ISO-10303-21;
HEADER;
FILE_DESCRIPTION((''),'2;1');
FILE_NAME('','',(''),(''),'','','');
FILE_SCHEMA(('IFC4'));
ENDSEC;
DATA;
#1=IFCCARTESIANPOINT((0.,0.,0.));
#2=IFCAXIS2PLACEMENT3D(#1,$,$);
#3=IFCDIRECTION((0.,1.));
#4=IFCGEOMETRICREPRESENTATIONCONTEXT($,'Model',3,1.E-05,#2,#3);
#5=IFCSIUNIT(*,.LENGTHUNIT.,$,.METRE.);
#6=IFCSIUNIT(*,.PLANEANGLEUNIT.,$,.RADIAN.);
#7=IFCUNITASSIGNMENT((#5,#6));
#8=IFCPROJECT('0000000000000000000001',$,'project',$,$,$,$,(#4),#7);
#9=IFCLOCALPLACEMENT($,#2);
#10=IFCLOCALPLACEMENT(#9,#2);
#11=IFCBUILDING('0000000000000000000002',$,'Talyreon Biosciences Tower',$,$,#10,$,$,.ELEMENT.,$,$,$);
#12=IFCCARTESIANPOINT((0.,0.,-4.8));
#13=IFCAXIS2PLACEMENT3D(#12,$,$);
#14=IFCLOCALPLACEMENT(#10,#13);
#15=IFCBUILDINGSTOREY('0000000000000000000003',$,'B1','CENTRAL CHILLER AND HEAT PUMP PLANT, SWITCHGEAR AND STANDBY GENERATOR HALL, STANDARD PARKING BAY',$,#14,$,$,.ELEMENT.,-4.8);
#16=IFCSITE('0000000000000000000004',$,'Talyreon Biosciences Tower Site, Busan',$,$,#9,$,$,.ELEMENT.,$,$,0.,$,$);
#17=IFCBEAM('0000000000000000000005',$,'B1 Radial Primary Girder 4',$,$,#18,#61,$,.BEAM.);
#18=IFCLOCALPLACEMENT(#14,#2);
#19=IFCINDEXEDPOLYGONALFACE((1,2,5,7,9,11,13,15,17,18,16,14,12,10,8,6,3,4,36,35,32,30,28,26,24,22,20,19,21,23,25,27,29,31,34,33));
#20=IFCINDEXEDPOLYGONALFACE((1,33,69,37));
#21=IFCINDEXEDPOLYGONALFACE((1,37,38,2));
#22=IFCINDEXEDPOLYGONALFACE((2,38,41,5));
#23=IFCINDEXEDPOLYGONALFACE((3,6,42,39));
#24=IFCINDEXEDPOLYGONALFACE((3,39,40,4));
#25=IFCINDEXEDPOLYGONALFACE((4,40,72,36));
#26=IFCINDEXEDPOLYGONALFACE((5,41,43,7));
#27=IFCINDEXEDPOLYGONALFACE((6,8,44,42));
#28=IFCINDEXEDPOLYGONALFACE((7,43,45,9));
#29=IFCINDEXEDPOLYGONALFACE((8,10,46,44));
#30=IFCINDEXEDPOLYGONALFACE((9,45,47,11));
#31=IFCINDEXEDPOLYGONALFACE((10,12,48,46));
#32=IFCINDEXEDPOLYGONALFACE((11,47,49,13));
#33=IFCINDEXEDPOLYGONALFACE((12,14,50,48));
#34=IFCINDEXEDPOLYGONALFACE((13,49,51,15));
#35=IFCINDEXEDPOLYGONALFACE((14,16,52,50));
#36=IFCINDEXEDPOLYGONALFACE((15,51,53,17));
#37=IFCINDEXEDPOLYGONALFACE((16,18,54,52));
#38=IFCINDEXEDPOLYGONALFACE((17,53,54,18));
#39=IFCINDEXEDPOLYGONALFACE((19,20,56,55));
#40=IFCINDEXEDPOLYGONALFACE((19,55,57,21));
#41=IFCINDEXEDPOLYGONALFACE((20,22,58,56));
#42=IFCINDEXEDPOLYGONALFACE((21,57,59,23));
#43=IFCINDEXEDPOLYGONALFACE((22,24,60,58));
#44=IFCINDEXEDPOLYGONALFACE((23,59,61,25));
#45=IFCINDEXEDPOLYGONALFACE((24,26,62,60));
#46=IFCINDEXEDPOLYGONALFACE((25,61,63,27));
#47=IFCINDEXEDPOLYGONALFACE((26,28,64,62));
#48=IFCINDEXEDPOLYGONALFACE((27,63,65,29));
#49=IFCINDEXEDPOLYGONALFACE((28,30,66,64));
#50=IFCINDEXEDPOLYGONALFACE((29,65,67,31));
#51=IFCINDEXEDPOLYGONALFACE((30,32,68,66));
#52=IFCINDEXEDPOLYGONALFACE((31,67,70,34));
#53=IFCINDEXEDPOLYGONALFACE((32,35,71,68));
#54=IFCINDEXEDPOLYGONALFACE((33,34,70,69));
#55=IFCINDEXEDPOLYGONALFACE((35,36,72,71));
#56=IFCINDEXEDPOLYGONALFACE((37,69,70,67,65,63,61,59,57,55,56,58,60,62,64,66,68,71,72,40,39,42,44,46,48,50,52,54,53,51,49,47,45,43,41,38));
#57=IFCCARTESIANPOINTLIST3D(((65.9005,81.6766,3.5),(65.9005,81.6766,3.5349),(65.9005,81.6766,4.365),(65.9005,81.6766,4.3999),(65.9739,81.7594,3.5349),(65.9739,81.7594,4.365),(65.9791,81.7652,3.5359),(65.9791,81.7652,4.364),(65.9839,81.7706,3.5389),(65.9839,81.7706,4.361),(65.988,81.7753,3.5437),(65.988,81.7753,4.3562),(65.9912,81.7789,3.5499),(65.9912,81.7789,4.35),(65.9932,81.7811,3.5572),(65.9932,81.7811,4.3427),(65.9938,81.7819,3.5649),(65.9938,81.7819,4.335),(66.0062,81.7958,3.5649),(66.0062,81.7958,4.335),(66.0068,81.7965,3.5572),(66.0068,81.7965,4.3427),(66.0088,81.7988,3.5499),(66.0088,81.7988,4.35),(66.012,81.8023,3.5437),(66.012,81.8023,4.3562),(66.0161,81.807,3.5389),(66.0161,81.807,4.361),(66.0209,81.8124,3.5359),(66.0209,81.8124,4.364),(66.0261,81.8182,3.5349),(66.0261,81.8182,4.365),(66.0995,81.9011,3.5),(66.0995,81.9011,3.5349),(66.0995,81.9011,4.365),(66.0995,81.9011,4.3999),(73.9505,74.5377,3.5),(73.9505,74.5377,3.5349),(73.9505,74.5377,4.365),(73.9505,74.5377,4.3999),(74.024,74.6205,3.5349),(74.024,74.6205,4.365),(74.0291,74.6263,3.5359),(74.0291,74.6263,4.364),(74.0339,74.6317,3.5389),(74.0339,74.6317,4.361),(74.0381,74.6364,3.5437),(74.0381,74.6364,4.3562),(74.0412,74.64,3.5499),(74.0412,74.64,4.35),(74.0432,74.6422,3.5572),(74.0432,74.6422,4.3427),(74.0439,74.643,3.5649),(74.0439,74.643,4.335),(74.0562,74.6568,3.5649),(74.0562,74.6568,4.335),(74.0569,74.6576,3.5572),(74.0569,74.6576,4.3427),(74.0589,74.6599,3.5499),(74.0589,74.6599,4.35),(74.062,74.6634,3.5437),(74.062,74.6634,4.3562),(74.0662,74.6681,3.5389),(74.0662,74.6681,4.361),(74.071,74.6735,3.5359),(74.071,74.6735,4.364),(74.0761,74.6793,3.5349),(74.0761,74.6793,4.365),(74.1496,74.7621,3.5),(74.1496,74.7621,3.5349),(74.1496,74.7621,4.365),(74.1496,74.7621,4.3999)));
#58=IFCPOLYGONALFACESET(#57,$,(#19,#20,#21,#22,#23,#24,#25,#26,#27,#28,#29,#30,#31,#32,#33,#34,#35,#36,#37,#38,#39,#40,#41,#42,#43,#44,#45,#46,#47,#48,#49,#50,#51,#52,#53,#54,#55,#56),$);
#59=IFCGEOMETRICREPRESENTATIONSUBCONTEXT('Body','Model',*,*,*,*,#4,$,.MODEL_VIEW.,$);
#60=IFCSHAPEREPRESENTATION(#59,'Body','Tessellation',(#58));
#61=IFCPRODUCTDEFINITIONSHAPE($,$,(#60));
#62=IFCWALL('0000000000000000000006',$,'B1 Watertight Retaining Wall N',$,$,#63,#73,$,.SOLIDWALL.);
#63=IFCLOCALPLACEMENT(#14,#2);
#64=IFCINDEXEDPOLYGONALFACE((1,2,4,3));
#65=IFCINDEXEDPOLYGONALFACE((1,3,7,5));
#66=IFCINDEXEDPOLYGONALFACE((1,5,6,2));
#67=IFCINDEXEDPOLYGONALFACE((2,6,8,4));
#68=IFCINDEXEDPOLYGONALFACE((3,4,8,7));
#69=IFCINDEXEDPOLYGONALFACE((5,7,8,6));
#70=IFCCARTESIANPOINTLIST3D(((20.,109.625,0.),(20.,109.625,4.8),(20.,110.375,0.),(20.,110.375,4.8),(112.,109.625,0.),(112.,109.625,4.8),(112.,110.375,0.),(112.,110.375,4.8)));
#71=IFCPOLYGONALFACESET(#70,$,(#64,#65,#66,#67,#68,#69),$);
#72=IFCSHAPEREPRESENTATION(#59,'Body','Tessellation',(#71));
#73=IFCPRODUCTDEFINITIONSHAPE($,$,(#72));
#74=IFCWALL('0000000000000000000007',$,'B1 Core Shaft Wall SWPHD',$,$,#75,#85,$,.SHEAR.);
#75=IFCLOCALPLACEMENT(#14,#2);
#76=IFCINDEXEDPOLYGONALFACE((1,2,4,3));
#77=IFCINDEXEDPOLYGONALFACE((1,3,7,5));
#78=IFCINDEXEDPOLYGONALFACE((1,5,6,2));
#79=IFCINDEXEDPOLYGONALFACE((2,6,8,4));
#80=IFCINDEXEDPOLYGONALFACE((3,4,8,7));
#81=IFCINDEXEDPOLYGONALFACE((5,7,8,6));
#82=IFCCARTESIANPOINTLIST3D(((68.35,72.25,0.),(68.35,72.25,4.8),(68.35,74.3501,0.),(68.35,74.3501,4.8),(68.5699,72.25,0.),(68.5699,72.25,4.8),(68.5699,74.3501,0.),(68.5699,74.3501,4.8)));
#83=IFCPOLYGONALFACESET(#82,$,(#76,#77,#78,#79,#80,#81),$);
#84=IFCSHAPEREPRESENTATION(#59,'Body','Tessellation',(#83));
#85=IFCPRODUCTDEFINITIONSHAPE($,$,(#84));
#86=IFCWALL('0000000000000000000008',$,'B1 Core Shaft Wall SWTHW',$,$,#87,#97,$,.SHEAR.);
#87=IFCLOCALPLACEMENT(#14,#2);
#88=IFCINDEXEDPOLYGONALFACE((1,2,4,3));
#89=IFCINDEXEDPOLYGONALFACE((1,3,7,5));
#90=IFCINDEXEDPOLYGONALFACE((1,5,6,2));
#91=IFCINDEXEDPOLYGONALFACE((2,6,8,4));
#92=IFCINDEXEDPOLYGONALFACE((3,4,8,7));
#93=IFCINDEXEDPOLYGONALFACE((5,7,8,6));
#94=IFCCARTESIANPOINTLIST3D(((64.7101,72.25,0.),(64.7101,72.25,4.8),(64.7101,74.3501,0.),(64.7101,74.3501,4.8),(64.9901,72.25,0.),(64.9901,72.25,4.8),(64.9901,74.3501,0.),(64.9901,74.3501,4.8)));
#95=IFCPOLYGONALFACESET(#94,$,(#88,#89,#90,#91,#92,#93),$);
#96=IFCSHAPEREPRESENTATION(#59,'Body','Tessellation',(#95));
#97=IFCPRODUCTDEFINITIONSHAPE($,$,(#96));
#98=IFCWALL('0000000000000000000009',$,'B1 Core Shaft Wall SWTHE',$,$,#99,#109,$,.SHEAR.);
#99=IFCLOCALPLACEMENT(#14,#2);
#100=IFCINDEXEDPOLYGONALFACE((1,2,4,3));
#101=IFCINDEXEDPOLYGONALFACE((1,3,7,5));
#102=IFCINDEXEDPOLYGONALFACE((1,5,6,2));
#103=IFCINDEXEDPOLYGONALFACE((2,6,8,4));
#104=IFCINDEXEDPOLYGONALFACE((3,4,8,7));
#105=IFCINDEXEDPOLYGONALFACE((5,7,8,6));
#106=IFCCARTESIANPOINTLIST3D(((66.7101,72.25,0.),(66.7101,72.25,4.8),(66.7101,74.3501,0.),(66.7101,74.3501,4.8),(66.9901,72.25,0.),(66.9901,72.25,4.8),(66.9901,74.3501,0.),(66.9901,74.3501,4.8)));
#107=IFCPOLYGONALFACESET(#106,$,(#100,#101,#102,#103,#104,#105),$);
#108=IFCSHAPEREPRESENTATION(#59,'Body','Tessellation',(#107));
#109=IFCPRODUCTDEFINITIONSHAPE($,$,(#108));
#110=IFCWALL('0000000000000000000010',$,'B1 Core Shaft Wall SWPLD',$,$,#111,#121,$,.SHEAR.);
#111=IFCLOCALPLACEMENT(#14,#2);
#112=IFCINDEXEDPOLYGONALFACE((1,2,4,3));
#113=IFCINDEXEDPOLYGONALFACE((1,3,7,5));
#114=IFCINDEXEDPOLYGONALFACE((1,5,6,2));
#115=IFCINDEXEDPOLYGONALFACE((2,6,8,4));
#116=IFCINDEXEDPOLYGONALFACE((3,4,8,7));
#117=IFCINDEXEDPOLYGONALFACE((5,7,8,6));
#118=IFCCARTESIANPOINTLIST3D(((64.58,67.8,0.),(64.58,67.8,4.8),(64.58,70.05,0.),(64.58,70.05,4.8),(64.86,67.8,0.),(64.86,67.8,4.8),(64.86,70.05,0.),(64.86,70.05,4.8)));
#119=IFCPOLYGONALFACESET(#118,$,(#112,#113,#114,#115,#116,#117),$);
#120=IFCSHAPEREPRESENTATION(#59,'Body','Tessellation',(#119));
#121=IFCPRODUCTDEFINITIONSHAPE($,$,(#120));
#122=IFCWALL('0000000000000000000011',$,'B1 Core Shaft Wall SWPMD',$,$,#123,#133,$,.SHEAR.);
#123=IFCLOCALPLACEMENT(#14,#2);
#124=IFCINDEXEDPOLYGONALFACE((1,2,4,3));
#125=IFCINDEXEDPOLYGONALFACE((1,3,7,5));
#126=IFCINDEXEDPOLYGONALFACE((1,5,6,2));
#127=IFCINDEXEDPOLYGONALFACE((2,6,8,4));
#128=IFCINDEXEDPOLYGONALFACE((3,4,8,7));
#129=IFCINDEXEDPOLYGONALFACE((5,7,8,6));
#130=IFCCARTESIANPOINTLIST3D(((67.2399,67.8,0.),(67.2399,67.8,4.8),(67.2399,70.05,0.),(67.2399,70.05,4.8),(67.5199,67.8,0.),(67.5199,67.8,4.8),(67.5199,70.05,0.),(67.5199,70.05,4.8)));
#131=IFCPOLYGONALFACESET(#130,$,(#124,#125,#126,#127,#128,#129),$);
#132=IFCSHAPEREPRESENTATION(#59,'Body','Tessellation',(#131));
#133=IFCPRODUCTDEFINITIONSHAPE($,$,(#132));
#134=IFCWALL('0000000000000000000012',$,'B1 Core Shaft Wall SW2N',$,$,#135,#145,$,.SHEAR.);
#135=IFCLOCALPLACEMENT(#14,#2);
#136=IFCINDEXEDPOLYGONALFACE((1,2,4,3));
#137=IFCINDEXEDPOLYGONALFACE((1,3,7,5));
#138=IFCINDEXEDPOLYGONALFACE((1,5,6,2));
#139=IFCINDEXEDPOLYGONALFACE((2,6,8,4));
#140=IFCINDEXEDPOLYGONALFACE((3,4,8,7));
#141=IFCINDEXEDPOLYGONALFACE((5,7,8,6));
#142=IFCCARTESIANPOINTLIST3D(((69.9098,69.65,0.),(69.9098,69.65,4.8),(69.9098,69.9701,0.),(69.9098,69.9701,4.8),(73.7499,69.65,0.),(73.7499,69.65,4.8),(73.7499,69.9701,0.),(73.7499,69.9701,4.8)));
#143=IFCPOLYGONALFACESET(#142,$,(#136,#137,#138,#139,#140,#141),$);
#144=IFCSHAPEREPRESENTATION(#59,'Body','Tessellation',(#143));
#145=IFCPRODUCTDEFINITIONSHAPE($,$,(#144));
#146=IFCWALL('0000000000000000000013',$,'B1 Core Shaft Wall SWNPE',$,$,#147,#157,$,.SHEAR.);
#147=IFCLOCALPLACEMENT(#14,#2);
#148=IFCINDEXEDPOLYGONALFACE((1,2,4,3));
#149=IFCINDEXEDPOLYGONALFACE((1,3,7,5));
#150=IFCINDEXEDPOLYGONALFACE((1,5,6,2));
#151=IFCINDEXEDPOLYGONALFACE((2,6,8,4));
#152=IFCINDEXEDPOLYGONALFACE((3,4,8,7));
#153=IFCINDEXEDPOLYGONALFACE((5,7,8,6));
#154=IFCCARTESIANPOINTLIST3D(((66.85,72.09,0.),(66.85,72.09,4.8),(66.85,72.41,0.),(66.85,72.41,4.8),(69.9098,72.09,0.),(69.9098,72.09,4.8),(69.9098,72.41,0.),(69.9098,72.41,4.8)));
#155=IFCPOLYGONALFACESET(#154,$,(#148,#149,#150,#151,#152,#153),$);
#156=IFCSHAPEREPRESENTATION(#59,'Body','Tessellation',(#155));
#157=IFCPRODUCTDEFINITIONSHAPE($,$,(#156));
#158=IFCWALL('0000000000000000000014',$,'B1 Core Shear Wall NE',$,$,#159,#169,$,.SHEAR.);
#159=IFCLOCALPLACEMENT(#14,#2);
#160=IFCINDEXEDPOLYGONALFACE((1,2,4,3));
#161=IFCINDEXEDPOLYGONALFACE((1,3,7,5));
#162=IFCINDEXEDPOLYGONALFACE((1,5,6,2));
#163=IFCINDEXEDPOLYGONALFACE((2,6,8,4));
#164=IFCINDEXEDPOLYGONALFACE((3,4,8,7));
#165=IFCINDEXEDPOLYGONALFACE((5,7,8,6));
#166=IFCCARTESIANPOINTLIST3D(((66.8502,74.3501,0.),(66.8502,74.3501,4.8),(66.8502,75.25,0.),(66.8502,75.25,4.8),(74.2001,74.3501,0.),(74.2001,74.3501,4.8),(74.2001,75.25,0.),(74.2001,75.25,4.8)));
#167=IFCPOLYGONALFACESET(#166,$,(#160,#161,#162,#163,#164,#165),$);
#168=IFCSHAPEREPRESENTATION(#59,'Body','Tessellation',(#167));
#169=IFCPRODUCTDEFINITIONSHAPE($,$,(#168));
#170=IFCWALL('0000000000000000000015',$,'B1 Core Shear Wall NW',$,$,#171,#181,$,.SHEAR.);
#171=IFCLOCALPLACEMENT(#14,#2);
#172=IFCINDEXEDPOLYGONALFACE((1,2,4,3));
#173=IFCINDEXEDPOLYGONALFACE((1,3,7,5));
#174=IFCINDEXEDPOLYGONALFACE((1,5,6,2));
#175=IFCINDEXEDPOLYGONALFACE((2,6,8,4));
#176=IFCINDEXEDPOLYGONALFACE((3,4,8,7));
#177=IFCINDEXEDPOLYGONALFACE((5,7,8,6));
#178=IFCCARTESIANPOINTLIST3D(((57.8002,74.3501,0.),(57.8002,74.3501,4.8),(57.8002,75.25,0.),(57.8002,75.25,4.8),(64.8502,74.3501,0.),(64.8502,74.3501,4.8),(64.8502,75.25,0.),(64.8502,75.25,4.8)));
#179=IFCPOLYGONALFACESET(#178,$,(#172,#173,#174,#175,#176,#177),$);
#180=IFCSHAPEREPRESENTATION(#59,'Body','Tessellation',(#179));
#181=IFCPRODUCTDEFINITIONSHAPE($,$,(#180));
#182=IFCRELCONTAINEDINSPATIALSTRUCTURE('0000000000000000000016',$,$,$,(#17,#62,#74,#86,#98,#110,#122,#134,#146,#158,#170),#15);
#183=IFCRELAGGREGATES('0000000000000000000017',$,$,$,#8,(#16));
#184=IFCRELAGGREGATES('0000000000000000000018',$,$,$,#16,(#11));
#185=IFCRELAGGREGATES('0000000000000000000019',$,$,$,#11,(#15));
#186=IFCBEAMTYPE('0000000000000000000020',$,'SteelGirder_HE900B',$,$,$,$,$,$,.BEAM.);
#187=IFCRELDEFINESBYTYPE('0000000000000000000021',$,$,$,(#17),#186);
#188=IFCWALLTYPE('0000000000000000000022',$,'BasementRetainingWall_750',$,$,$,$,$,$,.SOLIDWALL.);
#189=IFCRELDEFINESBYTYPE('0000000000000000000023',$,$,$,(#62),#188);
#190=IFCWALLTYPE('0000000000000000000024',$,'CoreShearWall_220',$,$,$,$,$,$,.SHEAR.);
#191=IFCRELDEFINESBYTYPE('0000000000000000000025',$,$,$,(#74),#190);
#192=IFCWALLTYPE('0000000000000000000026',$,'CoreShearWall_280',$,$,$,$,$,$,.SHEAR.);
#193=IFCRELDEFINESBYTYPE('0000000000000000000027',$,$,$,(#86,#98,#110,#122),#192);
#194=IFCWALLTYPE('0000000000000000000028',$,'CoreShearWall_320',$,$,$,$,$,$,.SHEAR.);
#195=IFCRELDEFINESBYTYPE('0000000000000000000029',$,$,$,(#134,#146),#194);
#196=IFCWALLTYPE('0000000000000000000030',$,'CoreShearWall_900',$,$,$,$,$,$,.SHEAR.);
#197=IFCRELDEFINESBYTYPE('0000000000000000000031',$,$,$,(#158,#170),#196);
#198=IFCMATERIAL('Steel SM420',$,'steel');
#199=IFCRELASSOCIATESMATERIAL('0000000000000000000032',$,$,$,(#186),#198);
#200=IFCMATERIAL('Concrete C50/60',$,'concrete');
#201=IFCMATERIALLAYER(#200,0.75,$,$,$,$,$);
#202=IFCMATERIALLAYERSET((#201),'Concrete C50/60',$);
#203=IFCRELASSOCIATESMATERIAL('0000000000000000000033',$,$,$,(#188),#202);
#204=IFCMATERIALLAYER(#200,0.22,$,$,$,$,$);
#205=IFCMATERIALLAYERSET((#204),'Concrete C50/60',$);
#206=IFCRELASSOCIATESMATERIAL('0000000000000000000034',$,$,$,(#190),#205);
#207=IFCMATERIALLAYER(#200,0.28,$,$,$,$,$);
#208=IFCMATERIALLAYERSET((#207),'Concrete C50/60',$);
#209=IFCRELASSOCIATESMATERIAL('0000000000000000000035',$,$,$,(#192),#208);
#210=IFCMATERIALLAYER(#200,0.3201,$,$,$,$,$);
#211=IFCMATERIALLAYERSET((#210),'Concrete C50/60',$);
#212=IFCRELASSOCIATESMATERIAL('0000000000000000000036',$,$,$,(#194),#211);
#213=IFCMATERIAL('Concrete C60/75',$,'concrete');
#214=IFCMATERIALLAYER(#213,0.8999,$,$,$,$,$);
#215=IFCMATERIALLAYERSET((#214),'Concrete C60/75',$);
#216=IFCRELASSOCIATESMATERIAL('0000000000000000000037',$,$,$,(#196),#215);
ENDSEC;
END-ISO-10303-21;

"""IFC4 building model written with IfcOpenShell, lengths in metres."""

from ifc_helpers import new_model, si_unit, direction, frame, frame_2d, origin, origin_2d, place, context, subcontext, project, spatial, rectangle, i_section, extrude, material, layer, layer_set, material_profile, profile_set, type_object, element, save


model = new_model("IFC4")

# Units and contexts
model_context = context("Model", 3, precision=1e-05, world=origin(), true_north=direction((0.0, 1.0)))
body_context = subcontext(model_context, "Body", "Model", "MODEL_VIEW")
ifc_project = project(units=[si_unit("LENGTHUNIT", "METRE"), si_unit("PLANEANGLEUNIT", "RADIAN")], contexts=[model_context])

# Site, building, storey
site_placement = place(None, origin())
site = spatial("IfcSite", under=ifc_project, at=site_placement, Name="Talyreon Biosciences Tower Site, Busan", CompositionType="ELEMENT", RefElevation=0.0)
building_placement = place(site_placement, origin())
building = spatial("IfcBuilding", under=site, at=building_placement, Name="Talyreon Biosciences Tower", CompositionType="ELEMENT")
storey_placement = place(building_placement, frame((0.0, 0.0, -4.8)))
storey = spatial("IfcBuildingStorey", under=building, at=storey_placement, Name="B1", Description="CENTRAL CHILLER AND HEAT PUMP PLANT, SWITCHGEAR AND STANDBY GENERATOR HALL, STANDARD PARKING BAY", CompositionType="ELEMENT", Elevation=-4.8)

# Shared definitions
ifc_material_1 = material(Name="Concrete C50/60", Category="concrete")
ifc_material_2 = material(Name="Concrete C60/75", Category="concrete")

# Beam
ifc_material_3 = material(Name="Steel SM420", Category="steel")
ifc_material_profile_1 = material_profile(ifc_material_3, i_section(OverallWidth=0.3, OverallDepth=0.8999, WebThickness=0.0186, FlangeThickness=0.0349, FilletRadius=0.03, at=origin_2d()), Name="HE900B")
ifc_profile_set_1 = profile_set([ifc_material_profile_1], Name="Steel SM420")
beam_type_1 = type_object("IfcBeamType", Name="SteelGirder_HE900B", PredefinedType="BEAM", material=ifc_profile_set_1)
beam_1_placement = place(storey_placement, frame((74.05, 74.6499, 3.95), z_axis=(-0.748179, 0.663497, 0.0), x_axis=(-0.663497, -0.748179, 0.0)))
element("IfcBeam", 1, at=beam_1_placement, inside=storey, type_object=beam_type_1, Name="B1 Radial Primary Girder 4", PredefinedType="BEAM", context=body_context, shape_type="SweptSolid", body=[
    extrude(i_section(OverallWidth=0.3, OverallDepth=0.8999, WebThickness=0.0186, FlangeThickness=0.0349, FilletRadius=0.03, at=origin_2d()), origin(), (0.0, 0.0, 1.0), 10.7595),
])

# Walls
ifc_layer_1 = layer(ifc_material_1, 0.75)
ifc_layer_set_1 = layer_set([ifc_layer_1], Name="Concrete C50/60")
wall_type_1 = type_object("IfcWallType", Name="BasementRetainingWall_750", PredefinedType="SOLIDWALL", material=ifc_layer_set_1)
wall_1_placement = place(storey_placement, frame((112.0, 110.0, 0.0), z_axis=(0.0, 0.0, 1.0), x_axis=(-1.0, 0.0, 0.0)))
element("IfcWall", 2, at=wall_1_placement, inside=storey, type_object=wall_type_1, Name="B1 Watertight Retaining Wall N", PredefinedType="SOLIDWALL", context=body_context, shape_type="SweptSolid", body=[
    extrude(rectangle(XDim=92.0, YDim=0.75, at=frame_2d((46.0, 0.0))), origin(), (0.0, 0.0, 1.0), 4.8),
])
ifc_layer_2 = layer(ifc_material_1, 0.22)
ifc_layer_set_2 = layer_set([ifc_layer_2], Name="Concrete C50/60")
wall_type_2 = type_object("IfcWallType", Name="CoreShearWall_220", PredefinedType="SHEAR", material=ifc_layer_set_2)
wall_2_placement = place(storey_placement, frame((68.46, 72.25, 0.0), z_axis=(0.0, 0.0, 1.0), x_axis=(0.0, 1.0, 0.0)))
element("IfcWall", 3, at=wall_2_placement, inside=storey, type_object=wall_type_2, Name="B1 Core Shaft Wall SWPHD", PredefinedType="SHEAR", context=body_context, shape_type="SweptSolid", body=[
    extrude(rectangle(XDim=2.1001, YDim=0.22, at=frame_2d((1.05, 0.0))), origin(), (0.0, 0.0, 1.0), 4.8),
])
ifc_layer_3 = layer(ifc_material_1, 0.28)
ifc_layer_set_3 = layer_set([ifc_layer_3], Name="Concrete C50/60")
wall_type_3 = type_object("IfcWallType", Name="CoreShearWall_280", PredefinedType="SHEAR", material=ifc_layer_set_3)
for number, where, z_axis, x_axis, name in (
    (4, (64.8501, 72.25, 0.0), (0.0, 0.0, 1.0), (0.0, 1.0, 0.0), "B1 Core Shaft Wall SWTHW"),
    (5, (66.8501, 72.25, 0.0), (0.0, 0.0, 1.0), (0.0, 1.0, 0.0), "B1 Core Shaft Wall SWTHE"),
):
    element("IfcWall", number, at=place(storey_placement, frame(where, z_axis=z_axis, x_axis=x_axis)), inside=storey, type_object=wall_type_3, Name=name, PredefinedType="SHEAR", context=body_context, shape_type="SweptSolid", body=[
        extrude(rectangle(XDim=2.1001, YDim=0.28, at=frame_2d((1.05, 0.0))), origin(), (0.0, 0.0, 1.0), 4.8),
    ])
for number, where, z_axis, x_axis, name in (
    (6, (64.72, 67.8, 0.0), (0.0, 0.0, 1.0), (0.0, 1.0, 0.0), "B1 Core Shaft Wall SWPLD"),
    (7, (67.3799, 67.8, 0.0), (0.0, 0.0, 1.0), (0.0, 1.0, 0.0), "B1 Core Shaft Wall SWPMD"),
):
    element("IfcWall", number, at=place(storey_placement, frame(where, z_axis=z_axis, x_axis=x_axis)), inside=storey, type_object=wall_type_3, Name=name, PredefinedType="SHEAR", context=body_context, shape_type="SweptSolid", body=[
        extrude(rectangle(XDim=2.25, YDim=0.28, at=frame_2d((1.125, 0.0))), origin(), (0.0, 0.0, 1.0), 4.8),
    ])
ifc_layer_4 = layer(ifc_material_1, 0.3201)
ifc_layer_set_4 = layer_set([ifc_layer_4], Name="Concrete C50/60")
wall_type_4 = type_object("IfcWallType", Name="CoreShearWall_320", PredefinedType="SHEAR", material=ifc_layer_set_4)
wall_3_placement = place(storey_placement, frame((69.9099, 69.8101, 0.0), z_axis=(0.0, 0.0, 1.0), x_axis=(1.0, 0.0, 0.0)))
element("IfcWall", 8, at=wall_3_placement, inside=storey, type_object=wall_type_4, Name="B1 Core Shaft Wall SW2N", PredefinedType="SHEAR", context=body_context, shape_type="SweptSolid", body=[
    extrude(rectangle(XDim=3.8401, YDim=0.3201, at=frame_2d((1.9199, 0.0))), origin(), (0.0, 0.0, 1.0), 4.8),
])
wall_4_placement = place(storey_placement, frame((66.8501, 72.25, 0.0), z_axis=(0.0, 0.0, 1.0), x_axis=(1.0, 0.0, 0.0)))
element("IfcWall", 9, at=wall_4_placement, inside=storey, type_object=wall_type_4, Name="B1 Core Shaft Wall SWNPE", PredefinedType="SHEAR", context=body_context, shape_type="SweptSolid", body=[
    extrude(rectangle(XDim=3.0598, YDim=0.3201, at=frame_2d((1.5298, 0.0))), origin(), (0.0, 0.0, 1.0), 4.8),
])
ifc_layer_5 = layer(ifc_material_2, 0.8999)
ifc_layer_set_5 = layer_set([ifc_layer_5], Name="Concrete C60/75")
wall_type_5 = type_object("IfcWallType", Name="CoreShearWall_900", PredefinedType="SHEAR", material=ifc_layer_set_5)
wall_5_placement = place(storey_placement, frame((74.2, 74.8, 0.0), z_axis=(0.0, 0.0, 1.0), x_axis=(-1.0, 0.0, 0.0)))
element("IfcWall", 10, at=wall_5_placement, inside=storey, type_object=wall_type_5, Name="B1 Core Shear Wall NE", PredefinedType="SHEAR", context=body_context, shape_type="SweptSolid", body=[
    extrude(rectangle(XDim=7.3499, YDim=0.8999, at=frame_2d((3.6748, 0.0))), origin(), (0.0, 0.0, 1.0), 4.8),
])
wall_6_placement = place(storey_placement, frame((64.8501, 74.8, 0.0), z_axis=(0.0, 0.0, 1.0), x_axis=(-1.0, 0.0, 0.0)))
element("IfcWall", 11, at=wall_6_placement, inside=storey, type_object=wall_type_5, Name="B1 Core Shear Wall NW", PredefinedType="SHEAR", context=body_context, shape_type="SweptSolid", body=[
    extrude(rectangle(XDim=7.05, YDim=0.8999, at=frame_2d((3.5249, 0.0))), origin(), (0.0, 0.0, 1.0), 4.8),
])

save(model, "model.ifc")
